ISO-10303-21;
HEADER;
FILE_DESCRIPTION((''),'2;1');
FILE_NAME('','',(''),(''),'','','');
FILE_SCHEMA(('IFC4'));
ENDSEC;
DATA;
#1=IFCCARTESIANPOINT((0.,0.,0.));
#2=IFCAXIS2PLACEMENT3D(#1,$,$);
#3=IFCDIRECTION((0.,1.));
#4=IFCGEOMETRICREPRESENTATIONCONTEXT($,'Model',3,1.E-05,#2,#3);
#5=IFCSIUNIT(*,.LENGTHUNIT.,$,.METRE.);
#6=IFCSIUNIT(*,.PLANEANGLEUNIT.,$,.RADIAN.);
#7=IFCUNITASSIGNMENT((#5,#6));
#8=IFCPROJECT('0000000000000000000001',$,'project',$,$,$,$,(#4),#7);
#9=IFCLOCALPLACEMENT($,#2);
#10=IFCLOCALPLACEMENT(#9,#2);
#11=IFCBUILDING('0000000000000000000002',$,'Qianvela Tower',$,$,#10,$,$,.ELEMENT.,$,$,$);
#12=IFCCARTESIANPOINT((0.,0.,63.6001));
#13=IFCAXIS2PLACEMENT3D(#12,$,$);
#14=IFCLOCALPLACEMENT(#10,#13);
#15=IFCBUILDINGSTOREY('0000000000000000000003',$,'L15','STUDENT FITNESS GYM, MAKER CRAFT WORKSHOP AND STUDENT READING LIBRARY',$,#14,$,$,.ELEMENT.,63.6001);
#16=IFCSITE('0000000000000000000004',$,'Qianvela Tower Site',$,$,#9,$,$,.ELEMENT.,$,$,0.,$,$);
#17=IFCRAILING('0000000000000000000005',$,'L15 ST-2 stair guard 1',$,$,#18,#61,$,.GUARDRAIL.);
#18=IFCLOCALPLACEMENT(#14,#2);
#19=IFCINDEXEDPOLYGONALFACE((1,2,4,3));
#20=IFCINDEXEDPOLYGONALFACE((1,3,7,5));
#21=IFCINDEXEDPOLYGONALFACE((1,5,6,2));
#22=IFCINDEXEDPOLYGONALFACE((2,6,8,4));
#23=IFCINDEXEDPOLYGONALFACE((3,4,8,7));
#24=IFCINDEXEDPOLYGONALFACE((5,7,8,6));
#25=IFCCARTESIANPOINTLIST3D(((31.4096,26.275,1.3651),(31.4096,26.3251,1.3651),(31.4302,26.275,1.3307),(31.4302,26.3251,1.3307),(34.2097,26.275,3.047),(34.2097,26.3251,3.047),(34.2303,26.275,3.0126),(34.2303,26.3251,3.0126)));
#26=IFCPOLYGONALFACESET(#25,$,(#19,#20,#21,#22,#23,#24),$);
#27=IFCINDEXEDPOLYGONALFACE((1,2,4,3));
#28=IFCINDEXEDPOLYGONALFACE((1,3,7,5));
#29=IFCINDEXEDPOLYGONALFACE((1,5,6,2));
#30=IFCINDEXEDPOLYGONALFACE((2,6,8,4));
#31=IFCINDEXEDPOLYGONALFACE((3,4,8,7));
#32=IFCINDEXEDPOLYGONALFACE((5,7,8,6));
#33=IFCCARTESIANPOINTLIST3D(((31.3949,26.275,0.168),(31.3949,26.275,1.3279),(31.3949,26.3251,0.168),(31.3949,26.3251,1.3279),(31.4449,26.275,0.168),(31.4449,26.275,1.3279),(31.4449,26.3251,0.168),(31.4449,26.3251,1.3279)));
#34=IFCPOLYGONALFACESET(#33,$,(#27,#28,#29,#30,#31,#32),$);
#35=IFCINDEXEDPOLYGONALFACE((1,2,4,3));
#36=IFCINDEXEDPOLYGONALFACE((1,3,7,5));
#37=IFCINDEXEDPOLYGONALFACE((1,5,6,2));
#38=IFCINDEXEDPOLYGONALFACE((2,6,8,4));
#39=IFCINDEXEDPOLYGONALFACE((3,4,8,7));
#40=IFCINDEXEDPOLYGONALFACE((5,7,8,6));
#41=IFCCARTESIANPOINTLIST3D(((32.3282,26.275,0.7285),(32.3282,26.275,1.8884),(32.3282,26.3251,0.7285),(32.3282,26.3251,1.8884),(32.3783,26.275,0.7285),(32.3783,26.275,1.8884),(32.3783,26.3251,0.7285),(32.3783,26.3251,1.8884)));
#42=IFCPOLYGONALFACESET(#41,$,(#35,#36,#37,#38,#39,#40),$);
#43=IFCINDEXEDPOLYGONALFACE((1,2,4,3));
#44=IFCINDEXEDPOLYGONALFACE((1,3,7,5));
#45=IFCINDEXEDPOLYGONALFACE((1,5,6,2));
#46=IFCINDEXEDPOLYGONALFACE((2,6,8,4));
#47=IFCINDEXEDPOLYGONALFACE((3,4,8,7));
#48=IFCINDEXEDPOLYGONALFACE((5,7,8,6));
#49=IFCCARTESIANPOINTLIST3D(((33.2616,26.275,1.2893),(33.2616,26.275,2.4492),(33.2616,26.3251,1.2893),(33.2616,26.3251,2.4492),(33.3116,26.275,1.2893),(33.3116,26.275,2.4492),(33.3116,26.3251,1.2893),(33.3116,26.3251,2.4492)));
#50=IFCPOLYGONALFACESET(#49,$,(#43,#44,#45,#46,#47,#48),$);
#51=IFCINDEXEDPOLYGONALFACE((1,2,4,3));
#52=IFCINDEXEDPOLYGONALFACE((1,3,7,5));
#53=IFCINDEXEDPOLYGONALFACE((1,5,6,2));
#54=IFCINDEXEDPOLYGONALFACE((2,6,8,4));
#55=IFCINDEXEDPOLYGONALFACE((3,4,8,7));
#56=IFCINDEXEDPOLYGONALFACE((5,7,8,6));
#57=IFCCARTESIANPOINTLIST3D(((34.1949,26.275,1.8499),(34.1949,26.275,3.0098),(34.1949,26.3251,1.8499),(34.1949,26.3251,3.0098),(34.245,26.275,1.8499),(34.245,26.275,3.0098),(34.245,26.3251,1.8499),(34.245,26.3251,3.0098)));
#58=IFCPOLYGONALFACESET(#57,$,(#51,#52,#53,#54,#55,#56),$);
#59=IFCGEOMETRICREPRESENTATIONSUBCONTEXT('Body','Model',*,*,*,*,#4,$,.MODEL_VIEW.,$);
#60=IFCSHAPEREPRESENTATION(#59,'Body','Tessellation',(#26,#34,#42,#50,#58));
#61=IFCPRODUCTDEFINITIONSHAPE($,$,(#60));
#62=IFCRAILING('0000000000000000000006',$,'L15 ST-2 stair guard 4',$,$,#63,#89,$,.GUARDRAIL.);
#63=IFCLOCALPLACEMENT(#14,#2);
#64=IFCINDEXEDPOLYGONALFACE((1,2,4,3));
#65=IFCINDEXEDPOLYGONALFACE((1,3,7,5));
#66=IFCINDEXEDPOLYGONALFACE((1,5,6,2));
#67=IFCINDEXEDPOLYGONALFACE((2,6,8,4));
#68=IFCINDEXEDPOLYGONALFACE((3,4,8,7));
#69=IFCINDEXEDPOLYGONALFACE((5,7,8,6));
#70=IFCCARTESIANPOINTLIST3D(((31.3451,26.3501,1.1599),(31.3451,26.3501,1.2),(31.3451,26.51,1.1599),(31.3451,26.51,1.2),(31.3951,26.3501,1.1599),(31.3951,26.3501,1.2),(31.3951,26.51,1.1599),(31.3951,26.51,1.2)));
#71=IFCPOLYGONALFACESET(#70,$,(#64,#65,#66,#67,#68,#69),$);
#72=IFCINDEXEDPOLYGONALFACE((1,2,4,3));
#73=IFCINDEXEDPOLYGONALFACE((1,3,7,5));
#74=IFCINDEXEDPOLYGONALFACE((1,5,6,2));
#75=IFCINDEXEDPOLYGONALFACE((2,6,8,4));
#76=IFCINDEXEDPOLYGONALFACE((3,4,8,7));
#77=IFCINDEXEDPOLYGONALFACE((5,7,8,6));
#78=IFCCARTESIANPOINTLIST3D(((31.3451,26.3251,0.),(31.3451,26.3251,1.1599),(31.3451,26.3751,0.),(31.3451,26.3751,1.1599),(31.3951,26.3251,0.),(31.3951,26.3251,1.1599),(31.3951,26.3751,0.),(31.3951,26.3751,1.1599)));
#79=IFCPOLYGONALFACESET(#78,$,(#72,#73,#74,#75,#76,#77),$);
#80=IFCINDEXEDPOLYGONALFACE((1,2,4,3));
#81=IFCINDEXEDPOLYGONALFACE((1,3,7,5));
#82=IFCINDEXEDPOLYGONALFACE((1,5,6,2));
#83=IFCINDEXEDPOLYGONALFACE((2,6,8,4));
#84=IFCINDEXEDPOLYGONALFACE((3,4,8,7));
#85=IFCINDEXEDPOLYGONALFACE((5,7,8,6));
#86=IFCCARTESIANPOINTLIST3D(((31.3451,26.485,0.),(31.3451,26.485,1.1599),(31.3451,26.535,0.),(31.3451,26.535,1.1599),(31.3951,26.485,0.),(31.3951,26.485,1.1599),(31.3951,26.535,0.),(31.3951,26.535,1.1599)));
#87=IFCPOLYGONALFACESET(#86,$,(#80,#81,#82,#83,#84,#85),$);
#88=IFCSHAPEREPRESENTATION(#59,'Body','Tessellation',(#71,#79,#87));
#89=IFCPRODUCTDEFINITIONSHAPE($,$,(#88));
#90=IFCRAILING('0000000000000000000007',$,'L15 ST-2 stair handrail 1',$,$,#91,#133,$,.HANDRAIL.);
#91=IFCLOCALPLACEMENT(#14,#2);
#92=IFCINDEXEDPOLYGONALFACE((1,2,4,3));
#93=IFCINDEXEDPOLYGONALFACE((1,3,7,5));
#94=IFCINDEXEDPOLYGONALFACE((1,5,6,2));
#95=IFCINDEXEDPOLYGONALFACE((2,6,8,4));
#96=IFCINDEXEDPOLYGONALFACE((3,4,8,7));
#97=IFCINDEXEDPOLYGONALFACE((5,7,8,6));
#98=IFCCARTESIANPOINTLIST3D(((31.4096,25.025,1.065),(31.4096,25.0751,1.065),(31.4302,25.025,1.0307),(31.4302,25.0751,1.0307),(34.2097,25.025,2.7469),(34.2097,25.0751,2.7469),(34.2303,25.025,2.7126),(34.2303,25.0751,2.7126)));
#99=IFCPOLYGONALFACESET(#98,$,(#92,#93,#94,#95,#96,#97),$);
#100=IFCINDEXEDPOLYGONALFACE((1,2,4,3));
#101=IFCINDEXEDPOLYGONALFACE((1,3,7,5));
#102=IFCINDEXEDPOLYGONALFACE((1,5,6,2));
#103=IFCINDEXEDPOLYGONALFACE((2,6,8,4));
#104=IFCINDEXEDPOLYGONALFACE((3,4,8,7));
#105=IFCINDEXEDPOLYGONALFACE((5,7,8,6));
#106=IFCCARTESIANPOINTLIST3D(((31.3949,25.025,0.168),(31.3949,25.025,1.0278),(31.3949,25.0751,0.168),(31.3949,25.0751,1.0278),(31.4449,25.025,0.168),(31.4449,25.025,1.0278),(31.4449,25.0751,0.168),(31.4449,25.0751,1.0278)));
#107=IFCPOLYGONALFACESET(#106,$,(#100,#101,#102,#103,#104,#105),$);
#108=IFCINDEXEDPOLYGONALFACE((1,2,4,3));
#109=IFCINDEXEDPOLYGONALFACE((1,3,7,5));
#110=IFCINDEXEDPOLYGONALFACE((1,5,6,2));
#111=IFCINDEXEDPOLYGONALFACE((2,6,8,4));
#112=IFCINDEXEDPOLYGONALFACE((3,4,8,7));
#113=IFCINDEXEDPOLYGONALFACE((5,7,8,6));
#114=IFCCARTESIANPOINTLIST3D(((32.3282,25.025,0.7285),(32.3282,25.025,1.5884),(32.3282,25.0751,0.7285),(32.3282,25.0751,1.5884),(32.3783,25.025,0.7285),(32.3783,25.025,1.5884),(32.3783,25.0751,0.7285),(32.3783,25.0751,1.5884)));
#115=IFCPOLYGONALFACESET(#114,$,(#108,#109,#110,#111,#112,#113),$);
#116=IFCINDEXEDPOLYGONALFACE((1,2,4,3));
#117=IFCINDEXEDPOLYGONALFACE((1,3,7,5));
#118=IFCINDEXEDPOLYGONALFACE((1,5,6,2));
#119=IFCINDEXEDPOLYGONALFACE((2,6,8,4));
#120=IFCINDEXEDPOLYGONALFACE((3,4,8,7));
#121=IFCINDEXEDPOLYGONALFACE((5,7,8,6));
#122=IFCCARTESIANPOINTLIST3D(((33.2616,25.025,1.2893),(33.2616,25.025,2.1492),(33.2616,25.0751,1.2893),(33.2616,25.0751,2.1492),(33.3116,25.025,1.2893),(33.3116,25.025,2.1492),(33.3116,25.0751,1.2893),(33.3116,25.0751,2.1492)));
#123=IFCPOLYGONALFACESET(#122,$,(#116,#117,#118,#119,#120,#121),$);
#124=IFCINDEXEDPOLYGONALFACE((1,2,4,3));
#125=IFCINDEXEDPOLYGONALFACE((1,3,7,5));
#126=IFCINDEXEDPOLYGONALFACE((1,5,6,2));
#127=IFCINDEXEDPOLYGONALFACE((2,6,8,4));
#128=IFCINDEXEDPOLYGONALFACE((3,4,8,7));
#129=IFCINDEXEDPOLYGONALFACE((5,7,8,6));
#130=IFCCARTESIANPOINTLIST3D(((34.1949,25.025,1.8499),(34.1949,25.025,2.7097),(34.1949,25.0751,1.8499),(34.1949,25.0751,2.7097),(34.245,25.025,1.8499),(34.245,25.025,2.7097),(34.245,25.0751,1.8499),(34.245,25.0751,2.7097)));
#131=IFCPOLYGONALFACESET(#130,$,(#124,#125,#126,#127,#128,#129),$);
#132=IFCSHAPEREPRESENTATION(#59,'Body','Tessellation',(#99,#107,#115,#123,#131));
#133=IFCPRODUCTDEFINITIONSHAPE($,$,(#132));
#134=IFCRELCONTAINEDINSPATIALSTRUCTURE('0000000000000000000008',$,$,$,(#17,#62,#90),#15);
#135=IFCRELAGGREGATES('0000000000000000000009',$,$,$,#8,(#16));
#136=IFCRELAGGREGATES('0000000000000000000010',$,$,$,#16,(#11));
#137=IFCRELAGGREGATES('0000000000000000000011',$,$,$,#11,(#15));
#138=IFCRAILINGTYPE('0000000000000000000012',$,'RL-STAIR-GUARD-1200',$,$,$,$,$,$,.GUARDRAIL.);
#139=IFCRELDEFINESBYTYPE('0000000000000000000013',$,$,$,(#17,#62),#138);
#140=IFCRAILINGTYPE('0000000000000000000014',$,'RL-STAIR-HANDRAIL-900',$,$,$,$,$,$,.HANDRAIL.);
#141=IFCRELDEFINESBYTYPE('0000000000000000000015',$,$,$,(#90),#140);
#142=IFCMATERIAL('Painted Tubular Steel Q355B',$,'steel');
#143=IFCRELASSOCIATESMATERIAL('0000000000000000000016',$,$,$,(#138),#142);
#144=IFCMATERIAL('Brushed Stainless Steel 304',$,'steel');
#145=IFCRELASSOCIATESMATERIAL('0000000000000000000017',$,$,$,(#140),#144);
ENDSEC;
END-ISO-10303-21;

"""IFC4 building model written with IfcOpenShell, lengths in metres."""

from ifc_helpers import new_model, si_unit, direction, frame, origin, origin_2d, place, context, subcontext, project, spatial, rectangle, extrude, material, type_object, element, save


model = new_model("IFC4")

# Units and contexts
model_context = context("Model", 3, precision=1e-05, world=origin(), true_north=direction((0.0, 1.0)))
body_context = subcontext(model_context, "Body", "Model", "MODEL_VIEW")
ifc_project = project(units=[si_unit("LENGTHUNIT", "METRE"), si_unit("PLANEANGLEUNIT", "RADIAN")], contexts=[model_context])

# Site, building, storey
site_placement = place(None, origin())
site = spatial("IfcSite", under=ifc_project, at=site_placement, Name="Qianvela Tower Site", CompositionType="ELEMENT", RefElevation=0.0)
building_placement = place(site_placement, origin())
building = spatial("IfcBuilding", under=site, at=building_placement, Name="Qianvela Tower", CompositionType="ELEMENT")
storey_placement = place(building_placement, frame((0.0, 0.0, 63.6001)))
storey = spatial("IfcBuildingStorey", under=building, at=storey_placement, Name="L15", Description="STUDENT FITNESS GYM, MAKER CRAFT WORKSHOP AND STUDENT READING LIBRARY", CompositionType="ELEMENT", Elevation=63.6001)

# Railings
ifc_material_1 = material(Name="Painted Tubular Steel Q355B", Category="steel")
railing_type_1 = type_object("IfcRailingType", Name="RL-STAIR-GUARD-1200", PredefinedType="GUARDRAIL", material=ifc_material_1)
railing_1_placement = place(storey_placement, frame((31.4199, 26.3, 0.168)))
element("IfcRailing", 1, at=railing_1_placement, inside=storey, type_object=railing_type_1, Name="L15 ST-2 stair guard 1", PredefinedType="GUARDRAIL", context=body_context, shape_type="SweptSolid", body=[
    extrude(rectangle(XDim=0.05, YDim=0.04, at=origin_2d()), frame((0.0, 0.0, 1.1799), z_axis=(0.857242, 0.0, 0.514913), x_axis=(0.0, 1.0, 0.0)), (0.0, 0.0, 1.0), 3.2664),
    extrude(rectangle(XDim=0.05, YDim=0.05, at=origin_2d()), origin(), (0.0, 0.0, 1.0), 1.1599),
    extrude(rectangle(XDim=0.05, YDim=0.05, at=origin_2d()), frame((0.9333, 0.0, 0.5605)), (0.0, 0.0, 1.0), 1.1599),
    extrude(rectangle(XDim=0.05, YDim=0.05, at=origin_2d()), frame((1.8667, 0.0, 1.1213)), (0.0, 0.0, 1.0), 1.1599),
    extrude(rectangle(XDim=0.05, YDim=0.05, at=origin_2d()), frame((2.8, 0.0, 1.6819)), (0.0, 0.0, 1.0), 1.1599),
])
railing_2_placement = place(storey_placement, frame((31.3701, 26.3501, 0.0)))
element("IfcRailing", 2, at=railing_2_placement, inside=storey, type_object=railing_type_1, Name="L15 ST-2 stair guard 4", PredefinedType="GUARDRAIL", context=body_context, shape_type="SweptSolid", body=[
    extrude(rectangle(XDim=0.05, YDim=0.04, at=origin_2d()), frame((0.0, 0.0, 1.1799), z_axis=(0.0, 1.0, 0.0), x_axis=(-1.0, 0.0, 0.0)), (0.0, 0.0, 1.0), 0.1599),
    extrude(rectangle(XDim=0.05, YDim=0.05, at=origin_2d()), origin(), (0.0, 0.0, 1.0), 1.1599),
    extrude(rectangle(XDim=0.05, YDim=0.05, at=origin_2d()), frame((0.0, 0.1599, 0.0)), (0.0, 0.0, 1.0), 1.1599),
])
ifc_material_2 = material(Name="Brushed Stainless Steel 304", Category="steel")
railing_type_2 = type_object("IfcRailingType", Name="RL-STAIR-HANDRAIL-900", PredefinedType="HANDRAIL", material=ifc_material_2)
railing_3_placement = place(storey_placement, frame((31.4199, 25.05, 0.168)))
element("IfcRailing", 3, at=railing_3_placement, inside=storey, type_object=railing_type_2, Name="L15 ST-2 stair handrail 1", PredefinedType="HANDRAIL", context=body_context, shape_type="SweptSolid", body=[
    extrude(rectangle(XDim=0.05, YDim=0.04, at=origin_2d()), frame((0.0, 0.0, 0.8799), z_axis=(0.857242, 0.0, 0.514913), x_axis=(0.0, 1.0, 0.0)), (0.0, 0.0, 1.0), 3.2664),
    extrude(rectangle(XDim=0.05, YDim=0.05, at=origin_2d()), origin(), (0.0, 0.0, 1.0), 0.8599),
    extrude(rectangle(XDim=0.05, YDim=0.05, at=origin_2d()), frame((0.9333, 0.0, 0.5605)), (0.0, 0.0, 1.0), 0.8599),
    extrude(rectangle(XDim=0.05, YDim=0.05, at=origin_2d()), frame((1.8667, 0.0, 1.1213)), (0.0, 0.0, 1.0), 0.8599),
    extrude(rectangle(XDim=0.05, YDim=0.05, at=origin_2d()), frame((2.8, 0.0, 1.6819)), (0.0, 0.0, 1.0), 0.8599),
])

save(model, "model.ifc")
